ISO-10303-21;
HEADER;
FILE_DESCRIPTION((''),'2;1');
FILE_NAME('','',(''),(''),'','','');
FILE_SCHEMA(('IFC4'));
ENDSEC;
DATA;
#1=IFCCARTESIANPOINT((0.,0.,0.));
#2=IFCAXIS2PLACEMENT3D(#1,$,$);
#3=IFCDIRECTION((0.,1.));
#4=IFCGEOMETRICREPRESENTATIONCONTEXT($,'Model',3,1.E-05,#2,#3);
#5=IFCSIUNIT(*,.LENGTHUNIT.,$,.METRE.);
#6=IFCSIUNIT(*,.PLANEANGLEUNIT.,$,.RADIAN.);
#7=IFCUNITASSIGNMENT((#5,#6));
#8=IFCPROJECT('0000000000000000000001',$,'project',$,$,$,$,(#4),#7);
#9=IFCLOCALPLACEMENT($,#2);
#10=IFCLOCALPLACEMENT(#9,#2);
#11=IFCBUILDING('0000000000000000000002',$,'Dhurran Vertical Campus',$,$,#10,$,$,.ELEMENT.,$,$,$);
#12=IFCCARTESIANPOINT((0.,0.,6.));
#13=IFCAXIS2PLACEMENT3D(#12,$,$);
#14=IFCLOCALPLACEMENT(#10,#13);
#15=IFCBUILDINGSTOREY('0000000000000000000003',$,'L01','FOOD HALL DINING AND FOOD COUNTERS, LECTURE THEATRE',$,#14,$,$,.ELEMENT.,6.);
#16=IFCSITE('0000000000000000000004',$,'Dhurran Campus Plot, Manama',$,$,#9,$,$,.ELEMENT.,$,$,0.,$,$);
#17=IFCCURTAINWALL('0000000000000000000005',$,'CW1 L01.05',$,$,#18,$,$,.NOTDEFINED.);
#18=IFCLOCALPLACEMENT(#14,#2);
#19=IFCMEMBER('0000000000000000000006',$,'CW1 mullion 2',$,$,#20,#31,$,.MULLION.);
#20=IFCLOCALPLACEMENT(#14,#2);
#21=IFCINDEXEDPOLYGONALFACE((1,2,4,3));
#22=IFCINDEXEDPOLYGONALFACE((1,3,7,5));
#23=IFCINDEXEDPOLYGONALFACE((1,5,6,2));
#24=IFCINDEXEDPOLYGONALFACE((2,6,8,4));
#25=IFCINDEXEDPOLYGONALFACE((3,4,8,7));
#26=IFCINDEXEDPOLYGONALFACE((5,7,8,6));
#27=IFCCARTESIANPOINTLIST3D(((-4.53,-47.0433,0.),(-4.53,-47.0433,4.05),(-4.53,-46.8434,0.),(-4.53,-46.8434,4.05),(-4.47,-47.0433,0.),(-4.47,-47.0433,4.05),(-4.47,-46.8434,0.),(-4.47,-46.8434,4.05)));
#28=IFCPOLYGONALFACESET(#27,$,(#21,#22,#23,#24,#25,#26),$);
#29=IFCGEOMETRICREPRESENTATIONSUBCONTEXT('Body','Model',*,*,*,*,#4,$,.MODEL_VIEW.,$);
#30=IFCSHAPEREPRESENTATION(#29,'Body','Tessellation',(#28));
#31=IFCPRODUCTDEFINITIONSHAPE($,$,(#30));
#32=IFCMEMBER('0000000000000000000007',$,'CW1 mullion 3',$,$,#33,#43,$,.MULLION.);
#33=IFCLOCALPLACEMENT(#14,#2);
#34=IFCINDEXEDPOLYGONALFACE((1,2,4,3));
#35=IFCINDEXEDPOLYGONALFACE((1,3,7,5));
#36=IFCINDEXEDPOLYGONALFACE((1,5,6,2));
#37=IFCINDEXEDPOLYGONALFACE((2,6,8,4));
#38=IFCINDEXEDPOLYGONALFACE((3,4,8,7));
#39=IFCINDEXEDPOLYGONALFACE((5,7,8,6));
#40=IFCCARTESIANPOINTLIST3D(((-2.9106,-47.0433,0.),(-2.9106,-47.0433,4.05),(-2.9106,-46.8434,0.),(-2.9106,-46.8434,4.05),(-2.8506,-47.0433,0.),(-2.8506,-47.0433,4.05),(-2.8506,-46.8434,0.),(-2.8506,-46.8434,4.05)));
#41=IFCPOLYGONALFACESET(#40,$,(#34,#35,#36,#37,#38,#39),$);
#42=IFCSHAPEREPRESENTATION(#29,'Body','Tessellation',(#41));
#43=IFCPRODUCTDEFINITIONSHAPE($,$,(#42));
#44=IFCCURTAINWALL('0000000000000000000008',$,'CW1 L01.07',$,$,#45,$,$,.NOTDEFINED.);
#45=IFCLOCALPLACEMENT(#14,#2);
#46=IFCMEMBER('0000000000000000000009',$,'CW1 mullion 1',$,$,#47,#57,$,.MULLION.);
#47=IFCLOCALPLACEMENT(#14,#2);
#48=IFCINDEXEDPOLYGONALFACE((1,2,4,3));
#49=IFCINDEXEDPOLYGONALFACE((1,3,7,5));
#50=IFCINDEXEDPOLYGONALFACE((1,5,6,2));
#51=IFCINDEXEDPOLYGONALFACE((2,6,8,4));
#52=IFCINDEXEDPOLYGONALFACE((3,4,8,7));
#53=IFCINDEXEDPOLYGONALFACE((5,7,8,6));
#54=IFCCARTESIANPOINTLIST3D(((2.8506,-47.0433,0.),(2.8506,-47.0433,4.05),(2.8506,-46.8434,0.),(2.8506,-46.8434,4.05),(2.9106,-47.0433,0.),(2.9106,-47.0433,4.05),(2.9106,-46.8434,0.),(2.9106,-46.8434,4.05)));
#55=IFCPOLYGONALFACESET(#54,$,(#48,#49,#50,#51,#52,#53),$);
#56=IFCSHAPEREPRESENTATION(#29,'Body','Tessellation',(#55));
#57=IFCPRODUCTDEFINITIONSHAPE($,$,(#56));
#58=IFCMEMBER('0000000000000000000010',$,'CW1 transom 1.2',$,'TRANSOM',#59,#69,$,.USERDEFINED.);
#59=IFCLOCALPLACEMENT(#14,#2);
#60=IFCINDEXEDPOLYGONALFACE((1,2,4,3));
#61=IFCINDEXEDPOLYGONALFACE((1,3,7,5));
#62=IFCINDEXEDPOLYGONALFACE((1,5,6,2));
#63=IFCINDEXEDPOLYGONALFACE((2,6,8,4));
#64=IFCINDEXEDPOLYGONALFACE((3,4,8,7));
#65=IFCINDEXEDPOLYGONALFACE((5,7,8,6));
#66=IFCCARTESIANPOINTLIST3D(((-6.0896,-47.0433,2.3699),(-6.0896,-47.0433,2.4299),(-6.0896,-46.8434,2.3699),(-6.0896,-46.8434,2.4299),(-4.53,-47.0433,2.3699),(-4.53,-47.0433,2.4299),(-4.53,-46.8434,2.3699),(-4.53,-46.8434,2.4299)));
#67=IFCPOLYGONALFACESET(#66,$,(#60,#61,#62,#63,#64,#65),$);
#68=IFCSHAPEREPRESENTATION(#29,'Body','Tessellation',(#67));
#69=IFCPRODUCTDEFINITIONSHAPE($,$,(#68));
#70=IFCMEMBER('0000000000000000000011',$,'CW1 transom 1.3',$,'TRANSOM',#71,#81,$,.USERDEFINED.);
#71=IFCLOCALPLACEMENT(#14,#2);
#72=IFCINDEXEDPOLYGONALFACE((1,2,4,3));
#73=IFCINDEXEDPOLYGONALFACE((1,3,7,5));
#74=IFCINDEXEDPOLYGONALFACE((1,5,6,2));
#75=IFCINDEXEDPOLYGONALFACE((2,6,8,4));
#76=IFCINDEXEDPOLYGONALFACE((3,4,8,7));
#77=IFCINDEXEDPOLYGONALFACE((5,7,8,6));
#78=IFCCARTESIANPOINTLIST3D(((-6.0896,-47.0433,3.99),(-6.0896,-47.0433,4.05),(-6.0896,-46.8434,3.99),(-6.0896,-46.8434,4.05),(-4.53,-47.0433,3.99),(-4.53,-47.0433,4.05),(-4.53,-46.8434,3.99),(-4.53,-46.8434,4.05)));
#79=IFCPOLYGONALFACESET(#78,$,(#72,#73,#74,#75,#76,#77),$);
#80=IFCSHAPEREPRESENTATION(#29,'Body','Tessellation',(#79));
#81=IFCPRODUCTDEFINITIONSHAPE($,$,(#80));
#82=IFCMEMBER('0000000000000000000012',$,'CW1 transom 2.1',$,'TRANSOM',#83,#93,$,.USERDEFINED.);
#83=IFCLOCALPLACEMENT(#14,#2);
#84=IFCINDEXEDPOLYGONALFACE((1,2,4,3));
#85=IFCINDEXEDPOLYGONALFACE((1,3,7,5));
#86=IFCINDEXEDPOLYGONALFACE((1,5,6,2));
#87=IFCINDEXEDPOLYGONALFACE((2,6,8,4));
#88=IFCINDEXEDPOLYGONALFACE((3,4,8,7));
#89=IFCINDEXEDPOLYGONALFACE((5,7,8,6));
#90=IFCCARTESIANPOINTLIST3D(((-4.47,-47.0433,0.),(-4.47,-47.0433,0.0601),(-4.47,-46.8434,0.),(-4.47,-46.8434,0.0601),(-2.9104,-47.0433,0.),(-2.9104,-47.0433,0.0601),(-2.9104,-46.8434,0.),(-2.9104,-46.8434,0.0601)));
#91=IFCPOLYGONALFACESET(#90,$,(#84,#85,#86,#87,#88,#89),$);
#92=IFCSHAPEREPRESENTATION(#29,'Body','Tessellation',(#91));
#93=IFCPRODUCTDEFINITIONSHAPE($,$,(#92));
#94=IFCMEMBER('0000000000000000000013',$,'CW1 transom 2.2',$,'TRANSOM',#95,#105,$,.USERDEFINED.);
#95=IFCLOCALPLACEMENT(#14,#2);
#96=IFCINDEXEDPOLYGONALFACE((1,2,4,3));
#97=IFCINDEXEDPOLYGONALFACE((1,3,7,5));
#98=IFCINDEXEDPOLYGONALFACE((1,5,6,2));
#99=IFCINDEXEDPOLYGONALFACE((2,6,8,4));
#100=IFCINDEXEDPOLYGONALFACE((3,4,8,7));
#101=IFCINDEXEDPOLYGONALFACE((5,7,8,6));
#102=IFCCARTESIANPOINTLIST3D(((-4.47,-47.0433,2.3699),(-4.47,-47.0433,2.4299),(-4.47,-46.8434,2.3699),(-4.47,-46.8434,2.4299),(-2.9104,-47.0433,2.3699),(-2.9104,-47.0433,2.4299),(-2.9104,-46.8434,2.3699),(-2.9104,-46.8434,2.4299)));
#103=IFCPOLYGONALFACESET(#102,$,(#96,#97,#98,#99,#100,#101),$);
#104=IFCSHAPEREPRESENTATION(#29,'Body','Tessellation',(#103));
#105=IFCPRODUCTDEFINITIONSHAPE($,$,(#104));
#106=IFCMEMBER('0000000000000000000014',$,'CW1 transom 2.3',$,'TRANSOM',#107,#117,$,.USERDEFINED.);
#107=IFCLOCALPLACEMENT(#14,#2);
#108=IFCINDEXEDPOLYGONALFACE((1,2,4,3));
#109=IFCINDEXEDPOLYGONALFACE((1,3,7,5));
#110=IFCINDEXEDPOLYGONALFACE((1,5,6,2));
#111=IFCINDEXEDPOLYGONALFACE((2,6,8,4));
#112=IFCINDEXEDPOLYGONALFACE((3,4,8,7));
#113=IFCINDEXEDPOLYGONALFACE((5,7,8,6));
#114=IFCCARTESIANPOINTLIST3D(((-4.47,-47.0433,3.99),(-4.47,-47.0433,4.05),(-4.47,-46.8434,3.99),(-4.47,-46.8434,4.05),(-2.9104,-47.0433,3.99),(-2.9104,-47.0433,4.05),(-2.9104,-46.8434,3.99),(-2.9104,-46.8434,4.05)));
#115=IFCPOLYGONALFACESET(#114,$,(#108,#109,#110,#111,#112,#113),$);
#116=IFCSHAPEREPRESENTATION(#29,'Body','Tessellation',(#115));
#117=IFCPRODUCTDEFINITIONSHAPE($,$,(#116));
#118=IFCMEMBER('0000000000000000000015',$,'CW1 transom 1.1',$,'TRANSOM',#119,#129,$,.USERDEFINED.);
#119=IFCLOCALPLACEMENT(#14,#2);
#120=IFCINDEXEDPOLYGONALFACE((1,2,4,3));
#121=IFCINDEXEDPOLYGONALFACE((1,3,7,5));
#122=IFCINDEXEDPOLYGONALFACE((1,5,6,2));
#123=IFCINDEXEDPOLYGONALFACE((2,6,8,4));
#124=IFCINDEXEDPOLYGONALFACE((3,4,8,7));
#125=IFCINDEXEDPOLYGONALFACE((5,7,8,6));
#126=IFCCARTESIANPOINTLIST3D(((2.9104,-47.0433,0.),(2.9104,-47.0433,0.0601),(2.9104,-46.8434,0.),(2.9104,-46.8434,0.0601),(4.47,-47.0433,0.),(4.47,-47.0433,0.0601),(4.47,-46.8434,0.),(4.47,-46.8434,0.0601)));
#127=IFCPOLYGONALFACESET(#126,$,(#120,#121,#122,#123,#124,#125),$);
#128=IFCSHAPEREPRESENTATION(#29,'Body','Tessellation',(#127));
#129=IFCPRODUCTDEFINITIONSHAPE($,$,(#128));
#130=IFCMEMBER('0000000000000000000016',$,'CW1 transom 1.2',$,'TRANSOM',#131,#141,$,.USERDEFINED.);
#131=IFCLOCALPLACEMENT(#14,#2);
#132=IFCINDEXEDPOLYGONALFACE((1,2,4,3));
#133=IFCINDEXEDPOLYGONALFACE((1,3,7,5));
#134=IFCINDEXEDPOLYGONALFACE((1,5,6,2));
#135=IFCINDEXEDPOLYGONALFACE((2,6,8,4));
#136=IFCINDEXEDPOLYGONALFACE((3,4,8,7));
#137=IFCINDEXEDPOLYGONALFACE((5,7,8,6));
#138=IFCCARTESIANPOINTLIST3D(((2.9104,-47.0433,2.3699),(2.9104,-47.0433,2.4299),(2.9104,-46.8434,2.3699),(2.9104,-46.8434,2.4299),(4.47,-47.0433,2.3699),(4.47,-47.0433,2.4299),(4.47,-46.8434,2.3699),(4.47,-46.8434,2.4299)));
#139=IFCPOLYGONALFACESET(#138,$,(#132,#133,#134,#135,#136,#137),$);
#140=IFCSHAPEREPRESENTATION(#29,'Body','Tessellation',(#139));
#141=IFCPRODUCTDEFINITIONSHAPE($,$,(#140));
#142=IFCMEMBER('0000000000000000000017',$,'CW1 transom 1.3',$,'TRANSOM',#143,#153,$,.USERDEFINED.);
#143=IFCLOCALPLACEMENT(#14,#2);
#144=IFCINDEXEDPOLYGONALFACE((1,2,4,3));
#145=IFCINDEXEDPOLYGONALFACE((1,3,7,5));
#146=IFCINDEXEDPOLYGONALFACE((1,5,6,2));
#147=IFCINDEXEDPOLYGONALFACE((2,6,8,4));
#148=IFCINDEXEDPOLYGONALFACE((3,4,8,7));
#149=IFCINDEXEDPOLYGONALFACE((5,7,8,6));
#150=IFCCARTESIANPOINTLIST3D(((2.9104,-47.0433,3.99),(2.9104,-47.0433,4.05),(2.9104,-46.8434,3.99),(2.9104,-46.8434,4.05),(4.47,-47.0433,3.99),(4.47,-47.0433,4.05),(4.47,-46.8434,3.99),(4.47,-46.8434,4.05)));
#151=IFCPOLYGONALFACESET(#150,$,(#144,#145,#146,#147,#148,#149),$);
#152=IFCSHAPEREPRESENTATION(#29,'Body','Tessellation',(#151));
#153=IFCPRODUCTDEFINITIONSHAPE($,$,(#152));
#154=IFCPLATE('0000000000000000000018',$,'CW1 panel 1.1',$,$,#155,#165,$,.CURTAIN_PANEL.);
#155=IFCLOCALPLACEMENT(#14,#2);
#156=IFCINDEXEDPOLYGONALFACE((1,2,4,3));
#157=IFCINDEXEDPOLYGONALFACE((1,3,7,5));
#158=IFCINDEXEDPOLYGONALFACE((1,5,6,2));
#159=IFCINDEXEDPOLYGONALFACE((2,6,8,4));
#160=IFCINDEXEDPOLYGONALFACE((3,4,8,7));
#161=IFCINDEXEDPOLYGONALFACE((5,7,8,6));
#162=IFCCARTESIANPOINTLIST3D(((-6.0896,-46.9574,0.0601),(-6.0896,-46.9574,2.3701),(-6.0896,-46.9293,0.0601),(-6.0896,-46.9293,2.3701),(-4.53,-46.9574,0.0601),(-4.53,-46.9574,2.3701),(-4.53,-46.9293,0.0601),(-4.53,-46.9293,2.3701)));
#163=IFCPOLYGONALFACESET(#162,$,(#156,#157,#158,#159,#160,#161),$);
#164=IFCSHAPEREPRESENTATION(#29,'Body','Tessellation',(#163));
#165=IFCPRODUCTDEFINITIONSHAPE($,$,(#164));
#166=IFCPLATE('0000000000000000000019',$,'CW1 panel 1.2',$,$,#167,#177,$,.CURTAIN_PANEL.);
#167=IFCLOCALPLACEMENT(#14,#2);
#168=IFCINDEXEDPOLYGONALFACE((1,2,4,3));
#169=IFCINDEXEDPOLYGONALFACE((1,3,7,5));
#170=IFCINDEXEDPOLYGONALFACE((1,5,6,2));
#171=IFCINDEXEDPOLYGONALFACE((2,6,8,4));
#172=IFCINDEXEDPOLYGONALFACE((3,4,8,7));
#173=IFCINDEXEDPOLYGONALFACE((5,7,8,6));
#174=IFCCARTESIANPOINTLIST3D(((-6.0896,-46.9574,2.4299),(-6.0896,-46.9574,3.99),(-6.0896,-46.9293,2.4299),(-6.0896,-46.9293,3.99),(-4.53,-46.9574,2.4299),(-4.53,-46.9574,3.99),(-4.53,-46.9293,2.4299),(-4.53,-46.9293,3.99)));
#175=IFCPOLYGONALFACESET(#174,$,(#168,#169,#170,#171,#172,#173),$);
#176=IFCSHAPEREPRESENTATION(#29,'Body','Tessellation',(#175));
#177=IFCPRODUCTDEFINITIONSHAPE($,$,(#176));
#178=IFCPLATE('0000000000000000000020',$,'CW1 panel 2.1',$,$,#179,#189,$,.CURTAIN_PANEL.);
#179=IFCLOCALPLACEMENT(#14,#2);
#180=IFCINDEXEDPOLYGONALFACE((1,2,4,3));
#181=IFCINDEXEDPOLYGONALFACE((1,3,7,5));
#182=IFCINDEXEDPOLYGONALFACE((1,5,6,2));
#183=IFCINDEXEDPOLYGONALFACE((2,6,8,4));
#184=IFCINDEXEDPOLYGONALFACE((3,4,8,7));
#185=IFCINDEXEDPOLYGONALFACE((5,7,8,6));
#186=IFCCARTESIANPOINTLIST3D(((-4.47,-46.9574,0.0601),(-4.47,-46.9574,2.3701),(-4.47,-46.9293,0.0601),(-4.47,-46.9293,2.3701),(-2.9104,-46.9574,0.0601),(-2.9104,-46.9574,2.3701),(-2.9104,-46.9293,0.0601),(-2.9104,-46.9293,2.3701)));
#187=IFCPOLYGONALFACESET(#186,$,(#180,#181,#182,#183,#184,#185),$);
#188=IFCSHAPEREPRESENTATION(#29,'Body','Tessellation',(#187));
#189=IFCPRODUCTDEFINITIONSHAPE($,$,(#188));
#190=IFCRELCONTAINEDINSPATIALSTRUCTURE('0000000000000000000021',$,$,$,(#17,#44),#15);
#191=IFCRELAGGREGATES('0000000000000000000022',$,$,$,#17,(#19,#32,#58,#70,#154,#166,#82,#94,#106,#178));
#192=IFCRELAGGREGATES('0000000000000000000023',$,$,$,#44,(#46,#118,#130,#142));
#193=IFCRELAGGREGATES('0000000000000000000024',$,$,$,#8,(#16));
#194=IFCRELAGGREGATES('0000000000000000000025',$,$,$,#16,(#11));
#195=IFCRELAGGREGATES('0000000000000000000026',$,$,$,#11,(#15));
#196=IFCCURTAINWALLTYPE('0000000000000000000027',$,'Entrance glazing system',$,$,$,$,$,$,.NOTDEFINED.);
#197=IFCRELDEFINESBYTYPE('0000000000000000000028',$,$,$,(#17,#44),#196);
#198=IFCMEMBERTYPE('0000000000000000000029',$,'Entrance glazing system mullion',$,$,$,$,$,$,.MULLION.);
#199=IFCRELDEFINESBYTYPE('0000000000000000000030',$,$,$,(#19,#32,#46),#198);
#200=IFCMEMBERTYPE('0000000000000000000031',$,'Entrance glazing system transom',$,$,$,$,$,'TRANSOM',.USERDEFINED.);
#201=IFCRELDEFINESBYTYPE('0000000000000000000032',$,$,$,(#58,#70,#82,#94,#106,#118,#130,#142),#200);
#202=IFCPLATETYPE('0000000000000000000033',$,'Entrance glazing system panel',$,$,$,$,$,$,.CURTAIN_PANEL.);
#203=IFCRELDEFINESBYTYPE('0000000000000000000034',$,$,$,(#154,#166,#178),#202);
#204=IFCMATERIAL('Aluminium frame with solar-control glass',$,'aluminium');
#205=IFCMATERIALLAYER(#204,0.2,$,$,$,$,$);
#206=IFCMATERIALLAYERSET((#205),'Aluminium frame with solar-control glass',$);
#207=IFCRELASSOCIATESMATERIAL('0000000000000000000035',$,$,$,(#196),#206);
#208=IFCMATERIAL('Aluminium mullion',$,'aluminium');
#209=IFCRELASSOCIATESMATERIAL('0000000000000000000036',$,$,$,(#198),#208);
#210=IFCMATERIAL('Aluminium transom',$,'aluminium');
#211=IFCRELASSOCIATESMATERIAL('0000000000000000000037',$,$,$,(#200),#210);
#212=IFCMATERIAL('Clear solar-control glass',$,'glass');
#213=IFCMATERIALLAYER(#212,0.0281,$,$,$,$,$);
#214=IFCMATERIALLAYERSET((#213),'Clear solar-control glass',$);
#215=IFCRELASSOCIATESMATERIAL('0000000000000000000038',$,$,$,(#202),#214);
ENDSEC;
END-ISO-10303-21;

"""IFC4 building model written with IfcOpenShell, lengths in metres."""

from ifc_helpers import new_model, si_unit, direction, frame, origin, origin_2d, place, context, subcontext, project, spatial, rectangle, extrude, material, layer, layer_set, material_profile, profile_set, type_object, element, aggregate, save


model = new_model("IFC4")

# Units and contexts
model_context = context("Model", 3, precision=1e-05, world=origin(), true_north=direction((0.0, 1.0)))
body_context = subcontext(model_context, "Body", "Model", "MODEL_VIEW")
ifc_project = project(units=[si_unit("LENGTHUNIT", "METRE"), si_unit("PLANEANGLEUNIT", "RADIAN")], contexts=[model_context])

# Site, building, storey
site_placement = place(None, origin())
site = spatial("IfcSite", under=ifc_project, at=site_placement, Name="Dhurran Campus Plot, Manama", CompositionType="ELEMENT", RefElevation=0.0)
building_placement = place(site_placement, origin())
building = spatial("IfcBuilding", under=site, at=building_placement, Name="Dhurran Vertical Campus", CompositionType="ELEMENT")
storey_placement = place(building_placement, frame((0.0, 0.0, 6.0)))
storey = spatial("IfcBuildingStorey", under=building, at=storey_placement, Name="L01", Description="FOOD HALL DINING AND FOOD COUNTERS, LECTURE THEATRE", CompositionType="ELEMENT", Elevation=6.0)

# Curtain wall, members
ifc_material_1 = material(Name="Aluminium frame with solar-control glass", Category="aluminium")
ifc_layer_1 = layer(ifc_material_1, 0.2)
ifc_layer_set_1 = layer_set([ifc_layer_1], Name="Aluminium frame with solar-control glass")
curtain_wall_type = type_object("IfcCurtainWallType", Name="Entrance glazing system", PredefinedType="NOTDEFINED", material=ifc_layer_set_1)
curtain_wall_1_placement = place(storey_placement, origin())
curtain_wall_1 = element("IfcCurtainWall", 1, at=curtain_wall_1_placement, inside=storey, type_object=curtain_wall_type, Name="CW1 L01.05", PredefinedType="NOTDEFINED")
ifc_material_2 = material(Name="Aluminium mullion", Category="aluminium")
ifc_material_profile_1 = material_profile(ifc_material_2, rectangle(XDim=0.2, YDim=0.0601, at=origin_2d()), Name="Entrance glazing system mullion")
ifc_profile_set_1 = profile_set([ifc_material_profile_1], Name="Aluminium mullion")
member_type_1 = type_object("IfcMemberType", Name="Entrance glazing system mullion", PredefinedType="MULLION", material=ifc_profile_set_1)
member_1_placement = place(storey_placement, frame((-4.5, -46.9434, 0.0), z_axis=(0.0, 0.0, 1.0), x_axis=(0.0, 1.0, 0.0)))
member_1 = element("IfcMember", 2, at=member_1_placement, type_object=member_type_1, Name="CW1 mullion 2", PredefinedType="MULLION", context=body_context, shape_type="SweptSolid", body=[
    extrude(rectangle(XDim=0.2, YDim=0.0601, at=origin_2d()), origin(), (0.0, 0.0, 1.0), 4.05),
])
member_2_placement = place(storey_placement, frame((-2.8806, -46.9434, 0.0), z_axis=(0.0, 0.0, 1.0), x_axis=(0.0, 1.0, 0.0)))
member_2 = element("IfcMember", 3, at=member_2_placement, type_object=member_type_1, Name="CW1 mullion 3", PredefinedType="MULLION", context=body_context, shape_type="SweptSolid", body=[
    extrude(rectangle(XDim=0.2, YDim=0.0601, at=origin_2d()), origin(), (0.0, 0.0, 1.0), 4.05),
])

# Curtain wall, member
curtain_wall_2_placement = place(storey_placement, origin())
curtain_wall_2 = element("IfcCurtainWall", 4, at=curtain_wall_2_placement, inside=storey, type_object=curtain_wall_type, Name="CW1 L01.07", PredefinedType="NOTDEFINED")
member_3_placement = place(storey_placement, frame((2.8806, -46.9434, 0.0), z_axis=(0.0, 0.0, 1.0), x_axis=(0.0, 1.0, 0.0)))
member_3 = element("IfcMember", 5, at=member_3_placement, type_object=member_type_1, Name="CW1 mullion 1", PredefinedType="MULLION", context=body_context, shape_type="SweptSolid", body=[
    extrude(rectangle(XDim=0.2, YDim=0.0601, at=origin_2d()), origin(), (0.0, 0.0, 1.0), 4.05),
])

# Members
ifc_material_3 = material(Name="Aluminium transom", Category="aluminium")
ifc_material_profile_2 = material_profile(ifc_material_3, rectangle(XDim=0.2, YDim=0.0601, at=origin_2d()), Name="Entrance glazing system transom")
ifc_profile_set_2 = profile_set([ifc_material_profile_2], Name="Aluminium transom")
member_type_2 = type_object("IfcMemberType", Name="Entrance glazing system transom", ElementType="TRANSOM", PredefinedType="USERDEFINED", material=ifc_profile_set_2)
member_4_placement = place(storey_placement, frame((-6.0896, -46.9434, 2.3999), z_axis=(1.0, 0.0, 0.0), x_axis=(0.0, 1.0, 0.0)))
member_4 = element("IfcMember", 6, at=member_4_placement, type_object=member_type_2, Name="CW1 transom 1.2", ObjectType="TRANSOM", PredefinedType="USERDEFINED", context=body_context, shape_type="SweptSolid", body=[
    extrude(rectangle(XDim=0.2, YDim=0.0601, at=origin_2d()), origin(), (0.0, 0.0, 1.0), 1.5596),
])
member_5_placement = place(storey_placement, frame((-6.0896, -46.9434, 4.02), z_axis=(1.0, 0.0, 0.0), x_axis=(0.0, 1.0, 0.0)))
member_5 = element("IfcMember", 7, at=member_5_placement, type_object=member_type_2, Name="CW1 transom 1.3", ObjectType="TRANSOM", PredefinedType="USERDEFINED", context=body_context, shape_type="SweptSolid", body=[
    extrude(rectangle(XDim=0.2, YDim=0.0601, at=origin_2d()), origin(), (0.0, 0.0, 1.0), 1.5596),
])
member_6_placement = place(storey_placement, frame((-4.47, -46.9434, 0.03), z_axis=(1.0, 0.0, 0.0), x_axis=(0.0, 1.0, 0.0)))
member_6 = element("IfcMember", 8, at=member_6_placement, type_object=member_type_2, Name="CW1 transom 2.1", ObjectType="TRANSOM", PredefinedType="USERDEFINED", context=body_context, shape_type="SweptSolid", body=[
    extrude(rectangle(XDim=0.2, YDim=0.0601, at=origin_2d()), origin(), (0.0, 0.0, 1.0), 1.5596),
])
member_7_placement = place(storey_placement, frame((-4.47, -46.9434, 2.3999), z_axis=(1.0, 0.0, 0.0), x_axis=(0.0, 1.0, 0.0)))
member_7 = element("IfcMember", 9, at=member_7_placement, type_object=member_type_2, Name="CW1 transom 2.2", ObjectType="TRANSOM", PredefinedType="USERDEFINED", context=body_context, shape_type="SweptSolid", body=[
    extrude(rectangle(XDim=0.2, YDim=0.0601, at=origin_2d()), origin(), (0.0, 0.0, 1.0), 1.5596),
])
member_8_placement = place(storey_placement, frame((-4.47, -46.9434, 4.02), z_axis=(1.0, 0.0, 0.0), x_axis=(0.0, 1.0, 0.0)))
member_8 = element("IfcMember", 10, at=member_8_placement, type_object=member_type_2, Name="CW1 transom 2.3", ObjectType="TRANSOM", PredefinedType="USERDEFINED", context=body_context, shape_type="SweptSolid", body=[
    extrude(rectangle(XDim=0.2, YDim=0.0601, at=origin_2d()), origin(), (0.0, 0.0, 1.0), 1.5596),
])
member_9_placement = place(storey_placement, frame((2.9104, -46.9434, 0.03), z_axis=(1.0, 0.0, 0.0), x_axis=(0.0, 1.0, 0.0)))
member_9 = element("IfcMember", 11, at=member_9_placement, type_object=member_type_2, Name="CW1 transom 1.1", ObjectType="TRANSOM", PredefinedType="USERDEFINED", context=body_context, shape_type="SweptSolid", body=[
    extrude(rectangle(XDim=0.2, YDim=0.0601, at=origin_2d()), origin(), (0.0, 0.0, 1.0), 1.5596),
])
member_10_placement = place(storey_placement, frame((2.9104, -46.9434, 2.3999), z_axis=(1.0, 0.0, 0.0), x_axis=(0.0, 1.0, 0.0)))
member_10 = element("IfcMember", 12, at=member_10_placement, type_object=member_type_2, Name="CW1 transom 1.2", ObjectType="TRANSOM", PredefinedType="USERDEFINED", context=body_context, shape_type="SweptSolid", body=[
    extrude(rectangle(XDim=0.2, YDim=0.0601, at=origin_2d()), origin(), (0.0, 0.0, 1.0), 1.5596),
])
member_11_placement = place(storey_placement, frame((2.9104, -46.9434, 4.02), z_axis=(1.0, 0.0, 0.0), x_axis=(0.0, 1.0, 0.0)))
member_11 = element("IfcMember", 13, at=member_11_placement, type_object=member_type_2, Name="CW1 transom 1.3", ObjectType="TRANSOM", PredefinedType="USERDEFINED", context=body_context, shape_type="SweptSolid", body=[
    extrude(rectangle(XDim=0.2, YDim=0.0601, at=origin_2d()), origin(), (0.0, 0.0, 1.0), 1.5596),
])

# Plates
ifc_material_4 = material(Name="Clear solar-control glass", Category="glass")
ifc_layer_2 = layer(ifc_material_4, 0.0281)
ifc_layer_set_2 = layer_set([ifc_layer_2], Name="Clear solar-control glass")
plate_type = type_object("IfcPlateType", Name="Entrance glazing system panel", PredefinedType="CURTAIN_PANEL", material=ifc_layer_set_2)
plate_1_placement = place(storey_placement, frame((-5.3098, -46.9434, 0.0601), z_axis=(0.0, 0.0, 1.0), x_axis=(1.0, 0.0, 0.0)))
plate_1 = element("IfcPlate", 14, at=plate_1_placement, type_object=plate_type, Name="CW1 panel 1.1", PredefinedType="CURTAIN_PANEL", context=body_context, shape_type="SweptSolid", body=[
    extrude(rectangle(XDim=1.5596, YDim=0.0281, at=origin_2d()), origin(), (0.0, 0.0, 1.0), 2.3101),
])
plate_2_placement = place(storey_placement, frame((-5.3098, -46.9434, 2.4299), z_axis=(0.0, 0.0, 1.0), x_axis=(1.0, 0.0, 0.0)))
plate_2 = element("IfcPlate", 15, at=plate_2_placement, type_object=plate_type, Name="CW1 panel 1.2", PredefinedType="CURTAIN_PANEL", context=body_context, shape_type="SweptSolid", body=[
    extrude(rectangle(XDim=1.5596, YDim=0.0281, at=origin_2d()), origin(), (0.0, 0.0, 1.0), 1.5601),
])
plate_3_placement = place(storey_placement, frame((-3.6902, -46.9434, 0.0601), z_axis=(0.0, 0.0, 1.0), x_axis=(1.0, 0.0, 0.0)))
plate_3 = element("IfcPlate", 16, at=plate_3_placement, type_object=plate_type, Name="CW1 panel 2.1", PredefinedType="CURTAIN_PANEL", context=body_context, shape_type="SweptSolid", body=[
    extrude(rectangle(XDim=1.5596, YDim=0.0281, at=origin_2d()), origin(), (0.0, 0.0, 1.0), 2.3101),
])
aggregate(curtain_wall_1, [member_1, member_2, member_4, member_5, plate_1, plate_2, member_6, member_7, member_8, plate_3])
aggregate(curtain_wall_2, [member_3, member_9, member_10, member_11])

save(model, "model.ifc")
